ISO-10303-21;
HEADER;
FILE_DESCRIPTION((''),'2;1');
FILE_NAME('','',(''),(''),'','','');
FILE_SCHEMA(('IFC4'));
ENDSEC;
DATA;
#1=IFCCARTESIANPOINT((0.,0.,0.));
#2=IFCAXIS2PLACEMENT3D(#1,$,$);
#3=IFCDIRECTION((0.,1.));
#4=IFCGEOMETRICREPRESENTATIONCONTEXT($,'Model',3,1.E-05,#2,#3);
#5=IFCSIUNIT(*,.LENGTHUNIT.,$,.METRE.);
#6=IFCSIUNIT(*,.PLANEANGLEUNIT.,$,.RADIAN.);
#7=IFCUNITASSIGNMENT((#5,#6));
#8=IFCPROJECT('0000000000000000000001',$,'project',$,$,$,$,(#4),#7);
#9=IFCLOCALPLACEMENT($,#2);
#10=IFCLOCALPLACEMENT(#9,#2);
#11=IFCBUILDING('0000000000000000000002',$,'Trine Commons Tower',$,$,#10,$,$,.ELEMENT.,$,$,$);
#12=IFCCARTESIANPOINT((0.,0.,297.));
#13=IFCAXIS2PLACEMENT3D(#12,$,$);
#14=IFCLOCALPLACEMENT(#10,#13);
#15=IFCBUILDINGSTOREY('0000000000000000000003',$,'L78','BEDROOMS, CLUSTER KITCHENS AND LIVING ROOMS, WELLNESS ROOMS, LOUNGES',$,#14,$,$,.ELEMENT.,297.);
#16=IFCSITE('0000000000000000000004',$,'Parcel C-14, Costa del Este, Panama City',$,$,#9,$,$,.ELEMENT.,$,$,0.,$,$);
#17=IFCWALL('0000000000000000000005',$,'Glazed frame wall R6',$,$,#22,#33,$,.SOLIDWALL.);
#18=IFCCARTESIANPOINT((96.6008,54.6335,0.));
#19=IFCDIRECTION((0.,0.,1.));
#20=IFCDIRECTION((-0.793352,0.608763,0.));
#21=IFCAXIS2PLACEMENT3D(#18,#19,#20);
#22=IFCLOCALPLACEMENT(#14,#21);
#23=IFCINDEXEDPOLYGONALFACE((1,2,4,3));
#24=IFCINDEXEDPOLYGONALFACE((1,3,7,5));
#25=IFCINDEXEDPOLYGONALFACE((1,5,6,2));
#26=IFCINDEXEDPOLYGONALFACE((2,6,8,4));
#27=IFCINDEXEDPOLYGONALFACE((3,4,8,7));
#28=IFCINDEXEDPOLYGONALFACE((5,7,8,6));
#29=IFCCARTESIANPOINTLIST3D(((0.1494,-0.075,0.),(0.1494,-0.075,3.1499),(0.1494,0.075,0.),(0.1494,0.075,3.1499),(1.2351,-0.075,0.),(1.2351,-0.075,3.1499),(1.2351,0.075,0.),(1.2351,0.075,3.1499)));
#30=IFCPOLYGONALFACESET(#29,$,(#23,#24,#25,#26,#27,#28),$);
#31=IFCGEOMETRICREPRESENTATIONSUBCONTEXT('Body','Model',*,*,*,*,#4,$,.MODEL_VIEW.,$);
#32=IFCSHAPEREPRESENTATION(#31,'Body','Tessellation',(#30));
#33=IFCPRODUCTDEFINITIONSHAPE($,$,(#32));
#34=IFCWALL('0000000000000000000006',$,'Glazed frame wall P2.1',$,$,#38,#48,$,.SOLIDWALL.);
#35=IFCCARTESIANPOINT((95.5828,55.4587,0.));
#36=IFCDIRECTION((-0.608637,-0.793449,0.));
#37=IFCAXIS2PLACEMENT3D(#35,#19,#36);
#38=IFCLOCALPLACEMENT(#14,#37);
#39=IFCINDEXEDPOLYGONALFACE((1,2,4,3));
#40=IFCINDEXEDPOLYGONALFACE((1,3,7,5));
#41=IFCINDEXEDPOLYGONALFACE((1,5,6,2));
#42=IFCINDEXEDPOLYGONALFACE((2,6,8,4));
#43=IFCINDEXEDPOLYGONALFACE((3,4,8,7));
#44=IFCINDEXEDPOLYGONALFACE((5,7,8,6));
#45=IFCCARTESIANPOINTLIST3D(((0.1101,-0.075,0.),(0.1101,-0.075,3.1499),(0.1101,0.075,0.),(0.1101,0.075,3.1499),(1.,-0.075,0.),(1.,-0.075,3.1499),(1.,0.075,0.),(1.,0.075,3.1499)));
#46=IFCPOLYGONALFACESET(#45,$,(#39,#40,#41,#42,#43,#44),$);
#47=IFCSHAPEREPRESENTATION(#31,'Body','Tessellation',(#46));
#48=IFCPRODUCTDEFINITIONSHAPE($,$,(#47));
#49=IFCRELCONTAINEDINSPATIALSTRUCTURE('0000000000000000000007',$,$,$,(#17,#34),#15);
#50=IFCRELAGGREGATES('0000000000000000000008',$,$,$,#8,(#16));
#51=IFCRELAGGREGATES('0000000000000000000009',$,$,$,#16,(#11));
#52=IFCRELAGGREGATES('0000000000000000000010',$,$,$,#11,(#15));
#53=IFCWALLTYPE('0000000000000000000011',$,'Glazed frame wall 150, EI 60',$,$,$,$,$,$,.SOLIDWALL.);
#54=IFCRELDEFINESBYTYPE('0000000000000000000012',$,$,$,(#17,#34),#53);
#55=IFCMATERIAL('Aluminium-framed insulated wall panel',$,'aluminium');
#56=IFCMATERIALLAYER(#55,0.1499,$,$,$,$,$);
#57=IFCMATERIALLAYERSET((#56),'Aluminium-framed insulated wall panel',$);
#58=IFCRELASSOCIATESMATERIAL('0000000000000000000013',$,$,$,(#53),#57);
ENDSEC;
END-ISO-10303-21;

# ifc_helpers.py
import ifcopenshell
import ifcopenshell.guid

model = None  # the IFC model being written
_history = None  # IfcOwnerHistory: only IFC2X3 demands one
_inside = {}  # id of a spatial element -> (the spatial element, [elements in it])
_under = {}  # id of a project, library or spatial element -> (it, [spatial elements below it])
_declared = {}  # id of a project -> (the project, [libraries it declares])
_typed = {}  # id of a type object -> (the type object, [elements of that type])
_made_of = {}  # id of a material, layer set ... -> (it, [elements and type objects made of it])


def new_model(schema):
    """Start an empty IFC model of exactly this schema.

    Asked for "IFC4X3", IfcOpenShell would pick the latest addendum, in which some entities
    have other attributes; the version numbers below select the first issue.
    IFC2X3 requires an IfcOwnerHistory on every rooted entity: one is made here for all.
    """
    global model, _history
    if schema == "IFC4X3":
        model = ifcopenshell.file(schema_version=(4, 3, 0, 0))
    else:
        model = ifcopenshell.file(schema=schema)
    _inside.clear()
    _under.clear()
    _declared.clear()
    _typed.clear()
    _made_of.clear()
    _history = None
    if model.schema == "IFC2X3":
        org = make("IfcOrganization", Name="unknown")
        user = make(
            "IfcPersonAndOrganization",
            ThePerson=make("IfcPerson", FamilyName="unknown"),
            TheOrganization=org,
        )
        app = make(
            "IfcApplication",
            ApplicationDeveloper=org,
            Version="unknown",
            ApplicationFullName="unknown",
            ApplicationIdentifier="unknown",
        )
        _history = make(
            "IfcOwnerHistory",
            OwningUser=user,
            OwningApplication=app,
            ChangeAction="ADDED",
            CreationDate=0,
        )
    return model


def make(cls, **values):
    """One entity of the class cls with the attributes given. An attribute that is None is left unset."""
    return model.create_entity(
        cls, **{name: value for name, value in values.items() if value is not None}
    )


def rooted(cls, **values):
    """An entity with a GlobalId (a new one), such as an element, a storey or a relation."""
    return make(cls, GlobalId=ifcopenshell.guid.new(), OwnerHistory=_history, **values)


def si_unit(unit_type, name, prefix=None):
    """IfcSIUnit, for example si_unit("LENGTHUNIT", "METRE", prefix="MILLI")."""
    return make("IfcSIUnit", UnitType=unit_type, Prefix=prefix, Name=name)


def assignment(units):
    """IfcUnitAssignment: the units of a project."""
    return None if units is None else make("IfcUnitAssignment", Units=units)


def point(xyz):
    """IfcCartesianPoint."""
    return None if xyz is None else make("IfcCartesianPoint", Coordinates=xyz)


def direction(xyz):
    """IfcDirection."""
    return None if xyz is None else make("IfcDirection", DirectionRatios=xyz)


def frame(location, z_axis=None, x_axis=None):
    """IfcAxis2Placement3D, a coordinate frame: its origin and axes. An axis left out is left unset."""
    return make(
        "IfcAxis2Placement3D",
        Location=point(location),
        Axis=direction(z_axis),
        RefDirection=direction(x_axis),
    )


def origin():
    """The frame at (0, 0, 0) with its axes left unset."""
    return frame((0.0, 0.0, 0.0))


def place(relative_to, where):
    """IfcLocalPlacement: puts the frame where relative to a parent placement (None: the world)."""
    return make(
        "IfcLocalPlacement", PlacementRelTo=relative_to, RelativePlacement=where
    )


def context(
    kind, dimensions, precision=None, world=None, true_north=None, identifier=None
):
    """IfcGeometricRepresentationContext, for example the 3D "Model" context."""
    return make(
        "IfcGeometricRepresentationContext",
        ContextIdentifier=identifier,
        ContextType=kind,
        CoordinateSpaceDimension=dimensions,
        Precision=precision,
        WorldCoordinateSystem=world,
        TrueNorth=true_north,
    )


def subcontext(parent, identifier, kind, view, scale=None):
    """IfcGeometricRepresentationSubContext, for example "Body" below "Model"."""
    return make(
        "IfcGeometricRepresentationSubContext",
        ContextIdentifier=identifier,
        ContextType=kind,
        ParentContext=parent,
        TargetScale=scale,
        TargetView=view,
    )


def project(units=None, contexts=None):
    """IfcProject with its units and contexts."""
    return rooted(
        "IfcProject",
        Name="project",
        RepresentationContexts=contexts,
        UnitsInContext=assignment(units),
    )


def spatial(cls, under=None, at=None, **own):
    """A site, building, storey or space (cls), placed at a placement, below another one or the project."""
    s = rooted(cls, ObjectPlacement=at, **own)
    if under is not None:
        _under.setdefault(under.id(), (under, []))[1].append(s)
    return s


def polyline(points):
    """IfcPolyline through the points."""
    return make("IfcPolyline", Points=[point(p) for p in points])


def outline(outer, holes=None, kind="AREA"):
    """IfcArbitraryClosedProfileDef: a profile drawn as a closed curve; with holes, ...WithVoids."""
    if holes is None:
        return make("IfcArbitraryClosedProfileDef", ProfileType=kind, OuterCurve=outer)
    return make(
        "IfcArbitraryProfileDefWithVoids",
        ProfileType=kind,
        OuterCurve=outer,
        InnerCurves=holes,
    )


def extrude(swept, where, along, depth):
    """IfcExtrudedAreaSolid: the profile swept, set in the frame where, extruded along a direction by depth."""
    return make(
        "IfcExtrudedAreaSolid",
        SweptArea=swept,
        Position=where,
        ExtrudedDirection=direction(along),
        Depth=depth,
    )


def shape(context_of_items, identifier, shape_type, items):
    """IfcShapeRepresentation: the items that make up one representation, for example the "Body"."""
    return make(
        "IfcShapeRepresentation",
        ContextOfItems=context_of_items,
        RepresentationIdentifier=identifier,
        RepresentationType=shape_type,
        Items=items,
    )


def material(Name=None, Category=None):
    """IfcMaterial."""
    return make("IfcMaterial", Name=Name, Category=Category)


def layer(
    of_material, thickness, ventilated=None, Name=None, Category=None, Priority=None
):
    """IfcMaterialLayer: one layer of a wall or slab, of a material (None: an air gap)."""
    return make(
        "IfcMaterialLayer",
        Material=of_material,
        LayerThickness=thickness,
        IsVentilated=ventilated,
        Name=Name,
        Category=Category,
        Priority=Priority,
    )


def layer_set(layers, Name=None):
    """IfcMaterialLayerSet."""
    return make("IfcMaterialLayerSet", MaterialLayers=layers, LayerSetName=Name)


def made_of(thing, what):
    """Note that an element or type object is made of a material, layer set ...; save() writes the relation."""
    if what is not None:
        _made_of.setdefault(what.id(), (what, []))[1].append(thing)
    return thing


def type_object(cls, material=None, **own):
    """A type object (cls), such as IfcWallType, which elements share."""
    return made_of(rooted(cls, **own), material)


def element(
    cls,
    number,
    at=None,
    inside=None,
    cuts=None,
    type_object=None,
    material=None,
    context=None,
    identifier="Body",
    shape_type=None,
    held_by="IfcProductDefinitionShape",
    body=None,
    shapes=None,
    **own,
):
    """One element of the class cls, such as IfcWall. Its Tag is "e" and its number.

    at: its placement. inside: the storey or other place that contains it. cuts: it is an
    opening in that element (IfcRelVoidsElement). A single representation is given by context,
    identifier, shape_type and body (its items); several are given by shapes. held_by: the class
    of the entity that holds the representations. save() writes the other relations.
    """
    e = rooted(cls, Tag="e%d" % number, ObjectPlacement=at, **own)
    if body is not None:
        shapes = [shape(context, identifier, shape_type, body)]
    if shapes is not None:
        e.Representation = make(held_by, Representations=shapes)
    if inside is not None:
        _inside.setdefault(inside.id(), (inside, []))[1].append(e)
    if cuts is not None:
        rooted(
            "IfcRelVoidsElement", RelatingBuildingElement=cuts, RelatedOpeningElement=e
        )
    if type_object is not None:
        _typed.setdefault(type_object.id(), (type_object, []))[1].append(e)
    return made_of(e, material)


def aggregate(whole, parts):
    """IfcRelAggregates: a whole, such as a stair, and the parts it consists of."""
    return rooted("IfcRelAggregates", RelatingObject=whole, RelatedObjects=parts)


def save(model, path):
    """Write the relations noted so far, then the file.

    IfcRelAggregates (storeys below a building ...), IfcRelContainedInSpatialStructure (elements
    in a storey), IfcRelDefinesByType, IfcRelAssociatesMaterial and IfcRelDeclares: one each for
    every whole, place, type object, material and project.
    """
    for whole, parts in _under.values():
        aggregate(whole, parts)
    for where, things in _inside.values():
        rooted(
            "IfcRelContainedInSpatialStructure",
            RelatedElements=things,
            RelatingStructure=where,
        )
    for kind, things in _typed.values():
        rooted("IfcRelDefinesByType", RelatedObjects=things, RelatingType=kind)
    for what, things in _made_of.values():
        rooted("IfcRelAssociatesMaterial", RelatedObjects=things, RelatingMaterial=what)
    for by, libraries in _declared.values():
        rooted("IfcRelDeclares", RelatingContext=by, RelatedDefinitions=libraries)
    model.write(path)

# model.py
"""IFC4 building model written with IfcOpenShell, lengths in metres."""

from ifc_helpers import new_model, si_unit, direction, frame, origin, place, context, subcontext, project, spatial, polyline, outline, extrude, material, layer, layer_set, type_object, element, save


model = new_model("IFC4")

# Units and contexts
model_context = context("Model", 3, precision=1e-05, world=origin(), true_north=direction((0.0, 1.0)))
body_context = subcontext(model_context, "Body", "Model", "MODEL_VIEW")
ifc_project = project(units=[si_unit("LENGTHUNIT", "METRE"), si_unit("PLANEANGLEUNIT", "RADIAN")], contexts=[model_context])

# Site, building, storey
site_placement = place(None, origin())
site = spatial("IfcSite", under=ifc_project, at=site_placement, Name="Parcel C-14, Costa del Este, Panama City", CompositionType="ELEMENT", RefElevation=0.0)
building_placement = place(site_placement, origin())
building = spatial("IfcBuilding", under=site, at=building_placement, Name="Trine Commons Tower", CompositionType="ELEMENT")
storey_placement = place(building_placement, frame((0.0, 0.0, 297.0)))
storey = spatial("IfcBuildingStorey", under=building, at=storey_placement, Name="L78", Description="BEDROOMS, CLUSTER KITCHENS AND LIVING ROOMS, WELLNESS ROOMS, LOUNGES", CompositionType="ELEMENT", Elevation=297.0)

# Walls
ifc_material_1 = material(Name="Aluminium-framed insulated wall panel", Category="aluminium")
ifc_layer_1 = layer(ifc_material_1, 0.1499)
ifc_layer_set_1 = layer_set([ifc_layer_1], Name="Aluminium-framed insulated wall panel")
wall_type_1 = type_object("IfcWallType", Name="Glazed frame wall 150, EI 60", PredefinedType="SOLIDWALL", material=ifc_layer_set_1)
wall_1_placement = place(storey_placement, frame((96.6008, 54.6335, 0.0), z_axis=(0.0, 0.0, 1.0), x_axis=(-0.793352, 0.608763, 0.0)))
element("IfcWall", 1, at=wall_1_placement, inside=storey, type_object=wall_type_1, Name="Glazed frame wall R6", PredefinedType="SOLIDWALL", context=body_context, shape_type="SweptSolid", body=[
    extrude(outline(polyline([(0.1494, 0.075), (0.1494, -0.075), (1.2351, -0.075), (1.2351, 0.075), (0.1494, 0.075)])), origin(), (0.0, 0.0, 1.0), 3.1499),
])
wall_2_placement = place(storey_placement, frame((95.5828, 55.4587, 0.0), z_axis=(0.0, 0.0, 1.0), x_axis=(-0.608637, -0.793449, 0.0)))
element("IfcWall", 2, at=wall_2_placement, inside=storey, type_object=wall_type_1, Name="Glazed frame wall P2.1", PredefinedType="SOLIDWALL", context=body_context, shape_type="SweptSolid", body=[
    extrude(outline(polyline([(0.1101, -0.075), (1.0, -0.075), (1.0, 0.075), (0.1101, 0.075), (0.1101, -0.075)])), origin(), (0.0, 0.0, 1.0), 3.1499),
])

save(model, "model.ifc")
